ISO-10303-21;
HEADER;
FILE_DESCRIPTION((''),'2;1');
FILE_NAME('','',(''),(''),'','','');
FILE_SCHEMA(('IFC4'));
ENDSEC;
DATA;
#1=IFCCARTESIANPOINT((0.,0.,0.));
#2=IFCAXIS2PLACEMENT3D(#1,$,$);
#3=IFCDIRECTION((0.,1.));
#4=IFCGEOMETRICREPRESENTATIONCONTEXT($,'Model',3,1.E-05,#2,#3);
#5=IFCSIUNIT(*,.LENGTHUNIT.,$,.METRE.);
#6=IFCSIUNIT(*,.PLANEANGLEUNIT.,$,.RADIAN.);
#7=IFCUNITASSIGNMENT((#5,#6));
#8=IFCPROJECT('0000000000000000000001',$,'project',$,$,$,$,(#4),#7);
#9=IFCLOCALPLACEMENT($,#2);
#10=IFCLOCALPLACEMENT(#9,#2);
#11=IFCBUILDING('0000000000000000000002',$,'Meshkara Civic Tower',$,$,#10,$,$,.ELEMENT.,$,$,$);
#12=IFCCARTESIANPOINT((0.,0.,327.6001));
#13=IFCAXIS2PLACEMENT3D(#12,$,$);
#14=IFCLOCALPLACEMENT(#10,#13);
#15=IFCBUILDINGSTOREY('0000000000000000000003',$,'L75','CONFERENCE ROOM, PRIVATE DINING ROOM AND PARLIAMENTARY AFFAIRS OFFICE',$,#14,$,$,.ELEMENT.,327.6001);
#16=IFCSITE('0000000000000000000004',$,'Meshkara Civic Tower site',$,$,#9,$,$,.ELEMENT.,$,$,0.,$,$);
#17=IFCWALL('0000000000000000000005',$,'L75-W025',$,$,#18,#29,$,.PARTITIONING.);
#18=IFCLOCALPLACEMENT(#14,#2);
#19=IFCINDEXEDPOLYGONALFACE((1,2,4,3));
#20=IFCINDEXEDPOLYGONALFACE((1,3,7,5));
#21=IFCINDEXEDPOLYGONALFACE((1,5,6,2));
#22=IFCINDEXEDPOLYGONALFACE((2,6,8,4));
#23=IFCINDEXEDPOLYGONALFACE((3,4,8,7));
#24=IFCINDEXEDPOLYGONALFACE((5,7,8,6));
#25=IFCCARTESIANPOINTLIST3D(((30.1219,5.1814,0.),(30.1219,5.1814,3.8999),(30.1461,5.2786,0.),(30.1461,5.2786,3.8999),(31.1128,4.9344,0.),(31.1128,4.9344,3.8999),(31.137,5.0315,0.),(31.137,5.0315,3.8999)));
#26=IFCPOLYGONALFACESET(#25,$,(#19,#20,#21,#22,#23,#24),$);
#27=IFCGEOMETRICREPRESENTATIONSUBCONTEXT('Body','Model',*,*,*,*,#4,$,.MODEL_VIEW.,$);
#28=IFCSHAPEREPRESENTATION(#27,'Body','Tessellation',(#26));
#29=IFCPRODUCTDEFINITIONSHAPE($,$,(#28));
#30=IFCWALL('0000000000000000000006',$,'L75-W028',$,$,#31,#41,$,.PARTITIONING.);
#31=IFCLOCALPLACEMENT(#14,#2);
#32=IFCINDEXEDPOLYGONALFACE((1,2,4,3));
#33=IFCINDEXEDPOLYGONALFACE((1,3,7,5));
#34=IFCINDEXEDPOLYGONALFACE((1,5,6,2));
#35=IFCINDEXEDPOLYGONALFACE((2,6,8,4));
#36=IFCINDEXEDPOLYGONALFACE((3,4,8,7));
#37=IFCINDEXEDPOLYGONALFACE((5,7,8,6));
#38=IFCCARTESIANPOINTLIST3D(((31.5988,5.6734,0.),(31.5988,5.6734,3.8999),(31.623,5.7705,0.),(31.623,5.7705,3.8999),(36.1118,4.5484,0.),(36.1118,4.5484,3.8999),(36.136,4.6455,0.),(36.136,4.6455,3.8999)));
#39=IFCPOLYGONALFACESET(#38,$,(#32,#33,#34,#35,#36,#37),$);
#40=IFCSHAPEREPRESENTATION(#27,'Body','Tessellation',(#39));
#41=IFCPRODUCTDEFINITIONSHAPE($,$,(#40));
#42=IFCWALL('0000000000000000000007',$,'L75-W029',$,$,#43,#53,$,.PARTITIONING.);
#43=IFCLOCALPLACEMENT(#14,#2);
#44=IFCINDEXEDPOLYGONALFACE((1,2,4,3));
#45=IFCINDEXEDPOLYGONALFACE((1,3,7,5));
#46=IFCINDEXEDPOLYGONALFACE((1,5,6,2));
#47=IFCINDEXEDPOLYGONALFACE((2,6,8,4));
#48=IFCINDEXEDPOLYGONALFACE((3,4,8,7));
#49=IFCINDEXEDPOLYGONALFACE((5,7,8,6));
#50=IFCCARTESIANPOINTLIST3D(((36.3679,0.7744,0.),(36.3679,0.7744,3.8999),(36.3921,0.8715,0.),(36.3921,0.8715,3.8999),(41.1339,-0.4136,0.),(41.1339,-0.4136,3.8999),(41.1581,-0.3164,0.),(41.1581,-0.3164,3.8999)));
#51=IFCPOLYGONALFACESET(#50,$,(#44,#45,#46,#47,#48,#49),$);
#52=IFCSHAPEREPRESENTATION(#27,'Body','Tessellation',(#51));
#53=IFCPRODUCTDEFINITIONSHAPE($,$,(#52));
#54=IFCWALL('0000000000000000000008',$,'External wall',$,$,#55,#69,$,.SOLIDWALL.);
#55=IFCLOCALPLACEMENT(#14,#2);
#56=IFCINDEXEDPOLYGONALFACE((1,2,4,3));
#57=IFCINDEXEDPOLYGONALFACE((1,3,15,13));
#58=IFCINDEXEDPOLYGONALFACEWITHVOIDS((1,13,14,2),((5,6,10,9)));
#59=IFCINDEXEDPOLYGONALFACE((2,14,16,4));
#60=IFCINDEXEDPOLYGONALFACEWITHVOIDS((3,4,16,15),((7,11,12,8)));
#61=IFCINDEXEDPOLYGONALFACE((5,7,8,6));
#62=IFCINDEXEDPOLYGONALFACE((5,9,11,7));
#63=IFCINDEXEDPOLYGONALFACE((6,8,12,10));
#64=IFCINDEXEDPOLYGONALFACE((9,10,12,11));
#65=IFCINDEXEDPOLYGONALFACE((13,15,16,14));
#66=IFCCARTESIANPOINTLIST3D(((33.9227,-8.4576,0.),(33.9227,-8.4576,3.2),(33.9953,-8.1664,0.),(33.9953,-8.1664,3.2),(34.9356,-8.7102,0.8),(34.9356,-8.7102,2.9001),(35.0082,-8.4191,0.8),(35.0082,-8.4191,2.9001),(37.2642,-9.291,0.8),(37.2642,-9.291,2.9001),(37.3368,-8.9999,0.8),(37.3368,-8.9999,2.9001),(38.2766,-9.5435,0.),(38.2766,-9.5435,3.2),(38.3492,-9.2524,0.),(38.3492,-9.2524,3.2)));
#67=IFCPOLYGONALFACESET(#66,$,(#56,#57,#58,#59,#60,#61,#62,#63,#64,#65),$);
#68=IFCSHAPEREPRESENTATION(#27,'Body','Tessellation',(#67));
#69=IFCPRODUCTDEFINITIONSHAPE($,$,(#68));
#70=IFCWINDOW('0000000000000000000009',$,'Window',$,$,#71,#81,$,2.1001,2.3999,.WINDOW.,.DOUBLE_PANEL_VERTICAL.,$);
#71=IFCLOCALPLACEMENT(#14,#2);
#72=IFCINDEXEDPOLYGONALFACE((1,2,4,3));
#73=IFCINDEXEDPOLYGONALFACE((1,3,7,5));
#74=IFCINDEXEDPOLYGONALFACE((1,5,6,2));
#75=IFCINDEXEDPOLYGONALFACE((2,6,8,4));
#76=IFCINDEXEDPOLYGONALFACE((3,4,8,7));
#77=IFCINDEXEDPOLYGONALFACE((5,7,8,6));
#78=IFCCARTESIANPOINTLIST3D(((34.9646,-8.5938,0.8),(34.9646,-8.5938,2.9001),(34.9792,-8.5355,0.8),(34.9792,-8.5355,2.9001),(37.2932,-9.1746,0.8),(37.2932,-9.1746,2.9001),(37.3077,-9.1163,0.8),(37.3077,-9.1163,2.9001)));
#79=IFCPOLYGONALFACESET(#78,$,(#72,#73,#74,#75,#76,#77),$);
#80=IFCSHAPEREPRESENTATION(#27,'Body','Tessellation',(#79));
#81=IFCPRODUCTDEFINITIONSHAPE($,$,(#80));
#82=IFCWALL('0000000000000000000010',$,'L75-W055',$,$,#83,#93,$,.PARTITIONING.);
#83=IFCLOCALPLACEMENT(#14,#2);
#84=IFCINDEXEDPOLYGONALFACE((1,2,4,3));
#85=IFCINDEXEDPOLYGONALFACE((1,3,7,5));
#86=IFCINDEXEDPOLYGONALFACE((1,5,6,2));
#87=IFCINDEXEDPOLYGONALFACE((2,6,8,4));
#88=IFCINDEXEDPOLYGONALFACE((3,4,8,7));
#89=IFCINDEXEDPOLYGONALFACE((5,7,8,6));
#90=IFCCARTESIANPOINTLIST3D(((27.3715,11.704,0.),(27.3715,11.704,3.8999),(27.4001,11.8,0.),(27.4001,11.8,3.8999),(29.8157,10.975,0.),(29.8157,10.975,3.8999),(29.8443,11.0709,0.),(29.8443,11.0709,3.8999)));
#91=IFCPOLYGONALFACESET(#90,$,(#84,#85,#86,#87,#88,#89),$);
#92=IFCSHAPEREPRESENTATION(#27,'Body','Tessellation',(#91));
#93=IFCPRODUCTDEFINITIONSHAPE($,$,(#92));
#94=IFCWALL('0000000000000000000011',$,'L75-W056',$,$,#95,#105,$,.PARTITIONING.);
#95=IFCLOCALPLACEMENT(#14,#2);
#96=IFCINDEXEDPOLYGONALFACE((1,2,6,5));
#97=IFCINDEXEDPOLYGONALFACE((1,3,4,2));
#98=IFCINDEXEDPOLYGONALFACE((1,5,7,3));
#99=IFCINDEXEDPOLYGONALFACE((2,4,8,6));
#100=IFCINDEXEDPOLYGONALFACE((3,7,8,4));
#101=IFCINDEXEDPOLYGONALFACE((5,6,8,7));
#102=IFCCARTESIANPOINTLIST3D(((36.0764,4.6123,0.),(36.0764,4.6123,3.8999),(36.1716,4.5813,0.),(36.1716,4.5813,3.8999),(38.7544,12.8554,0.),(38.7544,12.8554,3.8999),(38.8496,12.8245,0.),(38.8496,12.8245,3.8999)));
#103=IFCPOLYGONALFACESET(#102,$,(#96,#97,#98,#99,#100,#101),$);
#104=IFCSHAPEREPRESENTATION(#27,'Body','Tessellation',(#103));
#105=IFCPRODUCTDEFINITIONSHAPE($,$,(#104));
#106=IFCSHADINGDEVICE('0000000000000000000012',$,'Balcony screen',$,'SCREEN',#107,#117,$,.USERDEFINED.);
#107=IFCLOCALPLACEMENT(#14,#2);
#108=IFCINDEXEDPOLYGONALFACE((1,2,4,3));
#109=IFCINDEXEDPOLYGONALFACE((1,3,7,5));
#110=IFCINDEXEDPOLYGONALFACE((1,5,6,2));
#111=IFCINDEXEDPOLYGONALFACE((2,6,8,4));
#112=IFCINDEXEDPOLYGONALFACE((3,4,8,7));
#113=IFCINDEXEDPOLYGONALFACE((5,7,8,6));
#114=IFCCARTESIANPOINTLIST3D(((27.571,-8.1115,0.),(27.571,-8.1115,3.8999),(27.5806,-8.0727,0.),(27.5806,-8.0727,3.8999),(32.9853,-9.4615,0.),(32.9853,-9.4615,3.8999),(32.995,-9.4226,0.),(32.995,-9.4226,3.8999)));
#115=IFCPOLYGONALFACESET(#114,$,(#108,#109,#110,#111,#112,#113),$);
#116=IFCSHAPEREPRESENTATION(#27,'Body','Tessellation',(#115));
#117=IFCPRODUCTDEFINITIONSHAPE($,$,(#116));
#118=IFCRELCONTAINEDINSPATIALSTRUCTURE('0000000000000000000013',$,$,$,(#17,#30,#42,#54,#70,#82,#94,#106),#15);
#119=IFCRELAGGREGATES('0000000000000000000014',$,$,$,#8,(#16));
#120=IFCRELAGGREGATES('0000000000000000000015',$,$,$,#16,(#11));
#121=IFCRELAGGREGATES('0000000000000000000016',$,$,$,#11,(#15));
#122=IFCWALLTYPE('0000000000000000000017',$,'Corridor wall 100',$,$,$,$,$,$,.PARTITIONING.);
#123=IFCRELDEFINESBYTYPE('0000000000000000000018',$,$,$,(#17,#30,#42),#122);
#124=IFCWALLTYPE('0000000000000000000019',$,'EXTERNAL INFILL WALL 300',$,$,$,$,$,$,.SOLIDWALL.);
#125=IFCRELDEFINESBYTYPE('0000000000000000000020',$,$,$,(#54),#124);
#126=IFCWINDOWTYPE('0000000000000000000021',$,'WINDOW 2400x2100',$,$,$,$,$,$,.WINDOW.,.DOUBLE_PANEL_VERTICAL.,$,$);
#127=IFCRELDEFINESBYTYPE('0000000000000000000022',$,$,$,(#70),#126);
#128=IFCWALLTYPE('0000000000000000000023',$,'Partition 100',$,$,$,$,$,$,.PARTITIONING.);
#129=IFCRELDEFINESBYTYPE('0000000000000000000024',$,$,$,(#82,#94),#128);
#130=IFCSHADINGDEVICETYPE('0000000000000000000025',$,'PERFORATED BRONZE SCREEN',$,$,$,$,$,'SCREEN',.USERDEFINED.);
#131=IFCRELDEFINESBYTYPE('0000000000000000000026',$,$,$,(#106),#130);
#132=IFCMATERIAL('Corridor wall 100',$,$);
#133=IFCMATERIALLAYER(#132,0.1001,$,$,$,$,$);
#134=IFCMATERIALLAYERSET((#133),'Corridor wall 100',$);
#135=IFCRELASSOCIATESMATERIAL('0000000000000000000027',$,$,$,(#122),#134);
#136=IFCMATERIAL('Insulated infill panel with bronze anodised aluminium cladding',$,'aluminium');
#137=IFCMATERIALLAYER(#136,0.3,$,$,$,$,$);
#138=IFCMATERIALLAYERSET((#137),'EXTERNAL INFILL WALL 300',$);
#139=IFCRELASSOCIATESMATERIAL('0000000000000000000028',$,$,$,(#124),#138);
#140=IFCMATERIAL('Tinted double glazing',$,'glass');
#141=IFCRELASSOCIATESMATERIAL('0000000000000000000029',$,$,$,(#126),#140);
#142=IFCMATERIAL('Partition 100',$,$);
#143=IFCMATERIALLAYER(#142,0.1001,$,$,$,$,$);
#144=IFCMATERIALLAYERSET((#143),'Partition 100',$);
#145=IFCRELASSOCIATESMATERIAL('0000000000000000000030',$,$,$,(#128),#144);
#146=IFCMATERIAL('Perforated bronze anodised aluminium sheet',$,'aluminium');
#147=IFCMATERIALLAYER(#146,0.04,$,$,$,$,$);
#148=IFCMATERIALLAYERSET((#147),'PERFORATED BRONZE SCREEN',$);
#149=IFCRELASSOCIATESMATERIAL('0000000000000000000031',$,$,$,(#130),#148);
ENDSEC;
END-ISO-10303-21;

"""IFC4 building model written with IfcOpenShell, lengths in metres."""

from ifc_helpers import new_model, si_unit, direction, frame, frame_2d, origin, origin_2d, place, context, subcontext, project, spatial, rectangle, extrude, material, layer, layer_set, type_object, element, fill, save


model = new_model("IFC4")

# Units and contexts
model_context = context("Model", 3, precision=1e-05, world=origin(), true_north=direction((0.0, 1.0)))
body_context = subcontext(model_context, "Body", "Model", "MODEL_VIEW")
ifc_project = project(units=[si_unit("LENGTHUNIT", "METRE"), si_unit("PLANEANGLEUNIT", "RADIAN")], contexts=[model_context])

# Site, building, storey
site_placement = place(None, origin())
site = spatial("IfcSite", under=ifc_project, at=site_placement, Name="Meshkara Civic Tower site", CompositionType="ELEMENT", RefElevation=0.0)
building_placement = place(site_placement, origin())
building = spatial("IfcBuilding", under=site, at=building_placement, Name="Meshkara Civic Tower", CompositionType="ELEMENT")
storey_placement = place(building_placement, frame((0.0, 0.0, 327.6001)))
storey = spatial("IfcBuildingStorey", under=building, at=storey_placement, Name="L75", Description="CONFERENCE ROOM, PRIVATE DINING ROOM AND PARLIAMENTARY AFFAIRS OFFICE", CompositionType="ELEMENT", Elevation=327.6001)

# Shared definitions
ifc_material_1 = material(Name="Corridor wall 100")
ifc_layer_1 = layer(ifc_material_1, 0.1001)
ifc_layer_set_1 = layer_set([ifc_layer_1], Name="Corridor wall 100")
wall_type_1 = type_object("IfcWallType", Name="Corridor wall 100", PredefinedType="PARTITIONING", material=ifc_layer_set_1)

# Walls
wall_1_placement = place(storey_placement, frame((31.125, 4.9829, 0.0), z_axis=(0.0, 0.0, 1.0), x_axis=(-0.970297, 0.241917, 0.0)))
element("IfcWall", 1, at=wall_1_placement, inside=storey, type_object=wall_type_1, Name="L75-W025", PredefinedType="PARTITIONING", context=body_context, shape_type="SweptSolid", body=[
    extrude(rectangle(XDim=1.0212, YDim=0.1001, at=frame_2d((0.5107, 0.0))), origin(), (0.0, 0.0, 1.0), 3.8999),
])
wall_2_placement = place(storey_placement, frame((36.124, 4.5969, 0.0), z_axis=(0.0, 0.0, 1.0), x_axis=(-0.970306, 0.241881, 0.0)))
element("IfcWall", 2, at=wall_2_placement, inside=storey, type_object=wall_type_1, Name="L75-W028", PredefinedType="PARTITIONING", context=body_context, shape_type="SweptSolid", body=[
    extrude(rectangle(XDim=4.6511, YDim=0.1001, at=frame_2d((2.3257, 0.0))), origin(), (0.0, 0.0, 1.0), 3.8999),
])
wall_3_placement = place(storey_placement, frame((36.3799, 0.823, 0.0), z_axis=(0.0, 0.0, 1.0), x_axis=(0.970312, -0.241857, 0.0)))
element("IfcWall", 3, at=wall_3_placement, inside=storey, type_object=wall_type_1, Name="L75-W029", PredefinedType="PARTITIONING", context=body_context, shape_type="SweptSolid", body=[
    extrude(rectangle(XDim=4.9119, YDim=0.1001, at=frame_2d((2.4561, 0.0))), origin(), (0.0, 0.0, 1.0), 3.8999),
])

# Wall, opening, window
ifc_material_2 = material(Name="Insulated infill panel with bronze anodised aluminium cladding", Category="aluminium")
ifc_layer_2 = layer(ifc_material_2, 0.3)
ifc_layer_set_2 = layer_set([ifc_layer_2], Name="EXTERNAL INFILL WALL 300")
wall_type_2 = type_object("IfcWallType", Name="EXTERNAL INFILL WALL 300", PredefinedType="SOLIDWALL", material=ifc_layer_set_2)
wall_4_placement = place(storey_placement, frame((33.959, -8.312, 0.0), z_axis=(0.0, 0.0, 1.0), x_axis=(0.970277, -0.241998, 0.0)))
wall_4 = element("IfcWall", 4, at=wall_4_placement, inside=storey, type_object=wall_type_2, Name="External wall", PredefinedType="SOLIDWALL", context=body_context, shape_type="SweptSolid", body=[
    extrude(rectangle(XDim=4.4873, YDim=0.3, at=frame_2d((2.2437, 0.0))), origin(), (0.0, 0.0, 1.0), 3.2),
])
opening_1_placement = place(wall_4_placement, frame((1.0439, 0.0, 0.8)))
opening_1 = element("IfcOpeningElement", 5, at=opening_1_placement, cuts=wall_4, PredefinedType="OPENING", context=body_context, shape_type="SweptSolid", body=[
    extrude(rectangle(XDim=2.3999, YDim=2.1001, at=frame_2d((1.2, 1.05))), frame((0.0, 0.1599, 0.0), z_axis=(0.0, -1.0, 0.0), x_axis=(1.0, 0.0, 0.0)), (0.0, 0.0, 1.0), 0.3201),
])
ifc_material_3 = material(Name="Tinted double glazing", Category="glass")
window_type = type_object("IfcWindowType", Name="WINDOW 2400x2100", PartitioningType="DOUBLE_PANEL_VERTICAL", PredefinedType="WINDOW", material=ifc_material_3)
window_placement = place(opening_1_placement, origin())
window = element("IfcWindow", 6, at=window_placement, inside=storey, type_object=window_type, Name="Window", OverallHeight=2.1001, OverallWidth=2.3999, PartitioningType="DOUBLE_PANEL_VERTICAL", PredefinedType="WINDOW", context=body_context, shape_type="SweptSolid", body=[
    extrude(rectangle(XDim=2.3999, YDim=2.1001, at=frame_2d((1.2, 1.05))), frame((0.0, 0.03, 0.0), z_axis=(0.0, -1.0, 0.0), x_axis=(1.0, 0.0, 0.0)), (0.0, 0.0, 1.0), 0.0601),
])
fill(opening_1, window)

# Walls
ifc_material_4 = material(Name="Partition 100")
ifc_layer_3 = layer(ifc_material_4, 0.1001)
ifc_layer_set_3 = layer_set([ifc_layer_3], Name="Partition 100")
wall_type_3 = type_object("IfcWallType", Name="Partition 100", PredefinedType="PARTITIONING", material=ifc_layer_set_3)
wall_5_placement = place(storey_placement, frame((29.8301, 11.0229, 0.0), z_axis=(0.0, 0.0, 1.0), x_axis=(-0.958281, 0.285828, 0.0)))
element("IfcWall", 7, at=wall_5_placement, inside=storey, type_object=wall_type_3, Name="L75-W055", PredefinedType="PARTITIONING", context=body_context, shape_type="SweptSolid", body=[
    extrude(rectangle(XDim=2.5505, YDim=0.1001, at=frame_2d((1.2754, 0.0))), origin(), (0.0, 0.0, 1.0), 3.8999),
])
wall_6_placement = place(storey_placement, frame((36.124, 4.5969, 0.0), z_axis=(0.0, 0.0, 1.0), x_axis=(0.308977, 0.95107, 0.0)))
element("IfcWall", 8, at=wall_6_placement, inside=storey, type_object=wall_type_3, Name="L75-W056", PredefinedType="PARTITIONING", context=body_context, shape_type="SweptSolid", body=[
    extrude(rectangle(XDim=8.6672, YDim=0.1001, at=frame_2d((4.3335, 0.0))), origin(), (0.0, 0.0, 1.0), 3.8999),
])

# Shading device
ifc_material_5 = material(Name="Perforated bronze anodised aluminium sheet", Category="aluminium")
ifc_layer_4 = layer(ifc_material_5, 0.04)
ifc_layer_set_4 = layer_set([ifc_layer_4], Name="PERFORATED BRONZE SCREEN")
shading_device_type = type_object("IfcShadingDeviceType", Name="PERFORATED BRONZE SCREEN", ElementType="SCREEN", PredefinedType="USERDEFINED", material=ifc_layer_set_4)
shading_device_placement = place(storey_placement, frame((30.283, -8.7671, 0.0), z_axis=(0.0, 0.0, 1.0), x_axis=(0.970296, -0.241922, 0.0)))
element("IfcShadingDevice", 9, at=shading_device_placement, inside=storey, type_object=shading_device_type, Name="Balcony screen", ObjectType="SCREEN", PredefinedType="USERDEFINED", context=body_context, shape_type="SweptSolid", body=[
    extrude(rectangle(XDim=5.5801, YDim=0.04, at=origin_2d()), origin(), (0.0, 0.0, 1.0), 3.8999),
])

save(model, "model.ifc")
